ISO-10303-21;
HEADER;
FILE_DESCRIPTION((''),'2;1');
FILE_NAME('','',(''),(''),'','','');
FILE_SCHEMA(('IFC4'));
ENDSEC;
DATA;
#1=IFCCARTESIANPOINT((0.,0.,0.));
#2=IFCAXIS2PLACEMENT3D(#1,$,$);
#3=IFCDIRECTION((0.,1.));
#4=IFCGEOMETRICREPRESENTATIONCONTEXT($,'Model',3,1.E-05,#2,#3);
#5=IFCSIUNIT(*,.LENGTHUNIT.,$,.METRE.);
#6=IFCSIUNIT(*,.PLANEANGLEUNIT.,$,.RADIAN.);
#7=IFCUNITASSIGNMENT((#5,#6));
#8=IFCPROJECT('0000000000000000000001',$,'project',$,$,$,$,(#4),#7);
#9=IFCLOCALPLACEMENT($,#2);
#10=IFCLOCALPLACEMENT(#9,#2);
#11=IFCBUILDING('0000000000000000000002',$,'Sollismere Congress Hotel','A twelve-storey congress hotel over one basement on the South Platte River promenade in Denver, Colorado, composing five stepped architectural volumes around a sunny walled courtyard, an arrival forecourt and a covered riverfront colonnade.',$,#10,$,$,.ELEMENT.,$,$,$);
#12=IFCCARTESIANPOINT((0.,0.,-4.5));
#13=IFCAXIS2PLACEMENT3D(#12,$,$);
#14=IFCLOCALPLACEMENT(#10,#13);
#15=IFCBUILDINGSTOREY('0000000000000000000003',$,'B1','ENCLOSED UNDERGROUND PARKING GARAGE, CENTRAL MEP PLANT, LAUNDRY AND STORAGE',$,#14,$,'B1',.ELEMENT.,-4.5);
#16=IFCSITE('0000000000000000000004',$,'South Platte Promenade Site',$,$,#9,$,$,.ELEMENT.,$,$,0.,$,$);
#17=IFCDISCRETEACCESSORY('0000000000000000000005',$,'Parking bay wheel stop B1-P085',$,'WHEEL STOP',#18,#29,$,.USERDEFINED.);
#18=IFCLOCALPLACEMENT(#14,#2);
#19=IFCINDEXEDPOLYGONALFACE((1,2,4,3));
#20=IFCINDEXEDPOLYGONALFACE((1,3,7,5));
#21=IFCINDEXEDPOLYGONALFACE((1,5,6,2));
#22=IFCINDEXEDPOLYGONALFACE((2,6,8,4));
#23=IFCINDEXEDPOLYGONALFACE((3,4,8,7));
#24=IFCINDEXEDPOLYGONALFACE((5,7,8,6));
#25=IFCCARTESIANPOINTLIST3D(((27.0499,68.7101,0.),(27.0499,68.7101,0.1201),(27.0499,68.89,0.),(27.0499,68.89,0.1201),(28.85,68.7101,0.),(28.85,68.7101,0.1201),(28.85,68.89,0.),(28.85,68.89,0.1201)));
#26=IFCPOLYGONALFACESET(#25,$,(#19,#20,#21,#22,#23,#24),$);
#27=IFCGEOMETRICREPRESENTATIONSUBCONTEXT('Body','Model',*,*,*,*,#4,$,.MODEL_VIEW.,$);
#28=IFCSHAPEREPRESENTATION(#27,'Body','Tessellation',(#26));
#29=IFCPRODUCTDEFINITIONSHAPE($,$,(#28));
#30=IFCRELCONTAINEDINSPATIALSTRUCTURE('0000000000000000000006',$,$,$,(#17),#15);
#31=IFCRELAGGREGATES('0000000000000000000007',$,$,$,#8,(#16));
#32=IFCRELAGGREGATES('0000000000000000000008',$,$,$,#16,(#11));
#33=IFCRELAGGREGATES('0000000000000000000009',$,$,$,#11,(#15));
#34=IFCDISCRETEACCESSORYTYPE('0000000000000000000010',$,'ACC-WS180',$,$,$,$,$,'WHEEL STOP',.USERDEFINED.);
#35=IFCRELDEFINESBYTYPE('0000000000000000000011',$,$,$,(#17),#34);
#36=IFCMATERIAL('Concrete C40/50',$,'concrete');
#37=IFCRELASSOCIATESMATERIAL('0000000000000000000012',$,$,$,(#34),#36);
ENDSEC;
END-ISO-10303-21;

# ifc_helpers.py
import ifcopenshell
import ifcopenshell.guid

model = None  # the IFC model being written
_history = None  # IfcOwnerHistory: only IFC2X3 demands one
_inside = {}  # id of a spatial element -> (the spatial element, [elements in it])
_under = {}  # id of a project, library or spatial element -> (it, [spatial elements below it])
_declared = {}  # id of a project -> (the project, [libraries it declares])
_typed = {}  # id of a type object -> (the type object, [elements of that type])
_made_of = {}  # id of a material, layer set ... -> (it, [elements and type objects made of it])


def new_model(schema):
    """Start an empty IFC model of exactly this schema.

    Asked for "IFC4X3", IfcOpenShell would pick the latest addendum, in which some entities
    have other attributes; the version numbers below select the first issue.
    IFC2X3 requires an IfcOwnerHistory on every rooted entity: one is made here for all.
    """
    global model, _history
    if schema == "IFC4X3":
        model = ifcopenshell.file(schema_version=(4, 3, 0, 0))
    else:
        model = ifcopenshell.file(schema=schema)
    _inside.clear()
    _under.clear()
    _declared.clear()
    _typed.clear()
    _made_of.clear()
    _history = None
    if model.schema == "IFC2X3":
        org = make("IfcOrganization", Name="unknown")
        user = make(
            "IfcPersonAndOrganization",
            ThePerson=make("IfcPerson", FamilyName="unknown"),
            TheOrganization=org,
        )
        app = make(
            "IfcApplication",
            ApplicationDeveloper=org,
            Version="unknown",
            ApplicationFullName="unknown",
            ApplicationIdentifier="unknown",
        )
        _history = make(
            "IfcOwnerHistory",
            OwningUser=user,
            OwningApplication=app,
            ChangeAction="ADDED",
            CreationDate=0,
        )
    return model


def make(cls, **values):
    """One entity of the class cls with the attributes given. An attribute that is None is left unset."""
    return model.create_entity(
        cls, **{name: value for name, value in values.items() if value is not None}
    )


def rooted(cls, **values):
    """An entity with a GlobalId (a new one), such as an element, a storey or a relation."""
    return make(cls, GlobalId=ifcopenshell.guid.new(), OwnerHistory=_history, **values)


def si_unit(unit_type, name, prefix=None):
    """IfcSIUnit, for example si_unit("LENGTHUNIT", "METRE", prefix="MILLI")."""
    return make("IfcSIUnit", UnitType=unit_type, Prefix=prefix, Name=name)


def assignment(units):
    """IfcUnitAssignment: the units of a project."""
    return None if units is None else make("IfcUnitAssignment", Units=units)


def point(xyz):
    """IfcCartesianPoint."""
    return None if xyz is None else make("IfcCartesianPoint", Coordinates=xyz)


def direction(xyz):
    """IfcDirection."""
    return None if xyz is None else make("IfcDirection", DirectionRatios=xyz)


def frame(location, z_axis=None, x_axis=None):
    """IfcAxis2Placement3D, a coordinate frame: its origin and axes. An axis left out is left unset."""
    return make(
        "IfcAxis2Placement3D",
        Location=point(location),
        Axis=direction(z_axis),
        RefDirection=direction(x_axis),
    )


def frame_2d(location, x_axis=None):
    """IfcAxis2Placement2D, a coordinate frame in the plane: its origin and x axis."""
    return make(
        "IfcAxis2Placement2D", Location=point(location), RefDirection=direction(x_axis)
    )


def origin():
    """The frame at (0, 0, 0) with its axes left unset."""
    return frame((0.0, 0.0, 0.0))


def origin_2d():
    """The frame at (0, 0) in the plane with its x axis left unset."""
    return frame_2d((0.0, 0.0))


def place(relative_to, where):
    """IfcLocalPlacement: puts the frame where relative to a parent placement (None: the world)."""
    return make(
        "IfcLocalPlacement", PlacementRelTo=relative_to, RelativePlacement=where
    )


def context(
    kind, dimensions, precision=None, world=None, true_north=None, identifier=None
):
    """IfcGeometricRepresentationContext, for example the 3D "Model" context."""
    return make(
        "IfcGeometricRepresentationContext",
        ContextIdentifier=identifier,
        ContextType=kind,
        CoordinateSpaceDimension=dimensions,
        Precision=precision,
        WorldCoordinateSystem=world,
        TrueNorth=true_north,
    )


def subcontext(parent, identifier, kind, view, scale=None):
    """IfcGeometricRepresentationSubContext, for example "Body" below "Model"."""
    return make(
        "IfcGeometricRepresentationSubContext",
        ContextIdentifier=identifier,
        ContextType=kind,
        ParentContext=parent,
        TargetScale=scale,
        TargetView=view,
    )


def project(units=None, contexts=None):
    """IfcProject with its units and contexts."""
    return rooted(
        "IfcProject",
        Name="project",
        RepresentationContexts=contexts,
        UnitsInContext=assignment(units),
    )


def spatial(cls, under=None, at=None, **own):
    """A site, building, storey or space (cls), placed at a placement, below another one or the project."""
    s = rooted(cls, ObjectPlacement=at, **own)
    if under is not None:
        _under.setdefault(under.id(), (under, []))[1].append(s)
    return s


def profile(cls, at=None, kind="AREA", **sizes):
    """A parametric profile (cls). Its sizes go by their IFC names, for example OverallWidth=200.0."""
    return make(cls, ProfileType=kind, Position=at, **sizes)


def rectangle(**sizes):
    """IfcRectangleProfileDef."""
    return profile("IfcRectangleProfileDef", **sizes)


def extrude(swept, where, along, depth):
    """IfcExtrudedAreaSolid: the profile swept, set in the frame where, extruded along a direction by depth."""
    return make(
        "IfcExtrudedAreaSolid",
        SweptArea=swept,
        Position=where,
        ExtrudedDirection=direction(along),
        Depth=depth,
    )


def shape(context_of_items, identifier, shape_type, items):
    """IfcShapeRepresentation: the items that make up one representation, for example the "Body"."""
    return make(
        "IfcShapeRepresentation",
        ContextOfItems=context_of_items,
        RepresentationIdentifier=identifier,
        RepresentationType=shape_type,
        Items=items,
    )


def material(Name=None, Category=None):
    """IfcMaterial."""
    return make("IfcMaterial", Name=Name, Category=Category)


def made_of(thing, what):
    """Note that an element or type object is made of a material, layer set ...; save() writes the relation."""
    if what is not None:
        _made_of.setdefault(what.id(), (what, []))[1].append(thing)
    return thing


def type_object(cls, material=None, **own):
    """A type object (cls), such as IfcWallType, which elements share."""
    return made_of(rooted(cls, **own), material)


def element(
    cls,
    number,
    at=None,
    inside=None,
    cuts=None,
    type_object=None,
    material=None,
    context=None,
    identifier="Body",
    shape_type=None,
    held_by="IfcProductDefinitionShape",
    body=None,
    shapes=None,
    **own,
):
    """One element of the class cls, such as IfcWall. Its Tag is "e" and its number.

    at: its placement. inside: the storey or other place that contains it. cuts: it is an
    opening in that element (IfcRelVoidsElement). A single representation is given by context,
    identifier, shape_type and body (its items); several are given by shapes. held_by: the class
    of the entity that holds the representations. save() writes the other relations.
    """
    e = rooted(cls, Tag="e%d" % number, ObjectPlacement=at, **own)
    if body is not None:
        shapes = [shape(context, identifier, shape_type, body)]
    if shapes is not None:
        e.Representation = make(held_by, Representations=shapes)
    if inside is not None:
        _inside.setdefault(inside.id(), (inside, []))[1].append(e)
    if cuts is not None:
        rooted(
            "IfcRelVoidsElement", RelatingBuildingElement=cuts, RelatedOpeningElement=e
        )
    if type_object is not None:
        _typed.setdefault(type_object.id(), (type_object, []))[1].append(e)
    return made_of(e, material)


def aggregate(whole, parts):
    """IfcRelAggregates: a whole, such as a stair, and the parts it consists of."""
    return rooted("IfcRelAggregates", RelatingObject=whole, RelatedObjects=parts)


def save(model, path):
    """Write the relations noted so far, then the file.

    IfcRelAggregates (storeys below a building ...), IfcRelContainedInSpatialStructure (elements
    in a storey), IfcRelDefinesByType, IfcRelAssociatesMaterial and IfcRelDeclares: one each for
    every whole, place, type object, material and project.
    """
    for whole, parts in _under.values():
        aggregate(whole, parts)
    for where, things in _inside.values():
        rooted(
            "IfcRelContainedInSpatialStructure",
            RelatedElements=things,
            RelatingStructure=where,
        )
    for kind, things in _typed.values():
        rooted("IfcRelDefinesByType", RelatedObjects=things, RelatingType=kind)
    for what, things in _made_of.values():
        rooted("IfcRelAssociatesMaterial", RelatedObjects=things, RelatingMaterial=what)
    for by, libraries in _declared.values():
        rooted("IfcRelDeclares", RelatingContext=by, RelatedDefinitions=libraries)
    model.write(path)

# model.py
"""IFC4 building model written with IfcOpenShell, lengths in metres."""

from ifc_helpers import new_model, si_unit, direction, frame, origin, origin_2d, place, context, subcontext, project, spatial, rectangle, extrude, material, type_object, element, save


model = new_model("IFC4")

# Units and contexts
model_context = context("Model", 3, precision=1e-05, world=origin(), true_north=direction((0.0, 1.0)))
body_context = subcontext(model_context, "Body", "Model", "MODEL_VIEW")
ifc_project = project(units=[si_unit("LENGTHUNIT", "METRE"), si_unit("PLANEANGLEUNIT", "RADIAN")], contexts=[model_context])

# Site, building, storey
site_placement = place(None, origin())
site = spatial("IfcSite", under=ifc_project, at=site_placement, Name="South Platte Promenade Site", CompositionType="ELEMENT", RefElevation=0.0)
building_placement = place(site_placement, origin())
building = spatial("IfcBuilding", under=site, at=building_placement, Name="Sollismere Congress Hotel", Description="A twelve-storey congress hotel over one basement on the South Platte River promenade in Denver, Colorado, composing five stepped architectural volumes around a sunny walled courtyard, an arrival forecourt and a covered riverfront colonnade.", CompositionType="ELEMENT")
storey_placement = place(building_placement, frame((0.0, 0.0, -4.5)))
storey = spatial("IfcBuildingStorey", under=building, at=storey_placement, Name="B1", Description="ENCLOSED UNDERGROUND PARKING GARAGE, CENTRAL MEP PLANT, LAUNDRY AND STORAGE", LongName="B1", CompositionType="ELEMENT", Elevation=-4.5)

# Shared definitions
ifc_material_1 = material(Name="Concrete C40/50", Category="concrete")

# Discrete accessory
discrete_accessory_type = type_object("IfcDiscreteAccessoryType", Name="ACC-WS180", ElementType="WHEEL STOP", PredefinedType="USERDEFINED", material=ifc_material_1)
for number, where, z_axis, x_axis, name in (
    (1, (27.95, 68.8, 0.0), (0.0, 0.0, 1.0), (1.0, 0.0, 0.0), "Parking bay wheel stop B1-P085"),
):
    element("IfcDiscreteAccessory", number, at=place(storey_placement, frame(where, z_axis=z_axis, x_axis=x_axis)), inside=storey, type_object=discrete_accessory_type, Name=name, ObjectType="WHEEL STOP", PredefinedType="USERDEFINED", context=body_context, shape_type="SweptSolid", body=[
        extrude(rectangle(XDim=1.8, YDim=0.1799, at=origin_2d()), origin(), (0.0, 0.0, 1.0), 0.1201),
    ])

save(model, "model.ifc")
